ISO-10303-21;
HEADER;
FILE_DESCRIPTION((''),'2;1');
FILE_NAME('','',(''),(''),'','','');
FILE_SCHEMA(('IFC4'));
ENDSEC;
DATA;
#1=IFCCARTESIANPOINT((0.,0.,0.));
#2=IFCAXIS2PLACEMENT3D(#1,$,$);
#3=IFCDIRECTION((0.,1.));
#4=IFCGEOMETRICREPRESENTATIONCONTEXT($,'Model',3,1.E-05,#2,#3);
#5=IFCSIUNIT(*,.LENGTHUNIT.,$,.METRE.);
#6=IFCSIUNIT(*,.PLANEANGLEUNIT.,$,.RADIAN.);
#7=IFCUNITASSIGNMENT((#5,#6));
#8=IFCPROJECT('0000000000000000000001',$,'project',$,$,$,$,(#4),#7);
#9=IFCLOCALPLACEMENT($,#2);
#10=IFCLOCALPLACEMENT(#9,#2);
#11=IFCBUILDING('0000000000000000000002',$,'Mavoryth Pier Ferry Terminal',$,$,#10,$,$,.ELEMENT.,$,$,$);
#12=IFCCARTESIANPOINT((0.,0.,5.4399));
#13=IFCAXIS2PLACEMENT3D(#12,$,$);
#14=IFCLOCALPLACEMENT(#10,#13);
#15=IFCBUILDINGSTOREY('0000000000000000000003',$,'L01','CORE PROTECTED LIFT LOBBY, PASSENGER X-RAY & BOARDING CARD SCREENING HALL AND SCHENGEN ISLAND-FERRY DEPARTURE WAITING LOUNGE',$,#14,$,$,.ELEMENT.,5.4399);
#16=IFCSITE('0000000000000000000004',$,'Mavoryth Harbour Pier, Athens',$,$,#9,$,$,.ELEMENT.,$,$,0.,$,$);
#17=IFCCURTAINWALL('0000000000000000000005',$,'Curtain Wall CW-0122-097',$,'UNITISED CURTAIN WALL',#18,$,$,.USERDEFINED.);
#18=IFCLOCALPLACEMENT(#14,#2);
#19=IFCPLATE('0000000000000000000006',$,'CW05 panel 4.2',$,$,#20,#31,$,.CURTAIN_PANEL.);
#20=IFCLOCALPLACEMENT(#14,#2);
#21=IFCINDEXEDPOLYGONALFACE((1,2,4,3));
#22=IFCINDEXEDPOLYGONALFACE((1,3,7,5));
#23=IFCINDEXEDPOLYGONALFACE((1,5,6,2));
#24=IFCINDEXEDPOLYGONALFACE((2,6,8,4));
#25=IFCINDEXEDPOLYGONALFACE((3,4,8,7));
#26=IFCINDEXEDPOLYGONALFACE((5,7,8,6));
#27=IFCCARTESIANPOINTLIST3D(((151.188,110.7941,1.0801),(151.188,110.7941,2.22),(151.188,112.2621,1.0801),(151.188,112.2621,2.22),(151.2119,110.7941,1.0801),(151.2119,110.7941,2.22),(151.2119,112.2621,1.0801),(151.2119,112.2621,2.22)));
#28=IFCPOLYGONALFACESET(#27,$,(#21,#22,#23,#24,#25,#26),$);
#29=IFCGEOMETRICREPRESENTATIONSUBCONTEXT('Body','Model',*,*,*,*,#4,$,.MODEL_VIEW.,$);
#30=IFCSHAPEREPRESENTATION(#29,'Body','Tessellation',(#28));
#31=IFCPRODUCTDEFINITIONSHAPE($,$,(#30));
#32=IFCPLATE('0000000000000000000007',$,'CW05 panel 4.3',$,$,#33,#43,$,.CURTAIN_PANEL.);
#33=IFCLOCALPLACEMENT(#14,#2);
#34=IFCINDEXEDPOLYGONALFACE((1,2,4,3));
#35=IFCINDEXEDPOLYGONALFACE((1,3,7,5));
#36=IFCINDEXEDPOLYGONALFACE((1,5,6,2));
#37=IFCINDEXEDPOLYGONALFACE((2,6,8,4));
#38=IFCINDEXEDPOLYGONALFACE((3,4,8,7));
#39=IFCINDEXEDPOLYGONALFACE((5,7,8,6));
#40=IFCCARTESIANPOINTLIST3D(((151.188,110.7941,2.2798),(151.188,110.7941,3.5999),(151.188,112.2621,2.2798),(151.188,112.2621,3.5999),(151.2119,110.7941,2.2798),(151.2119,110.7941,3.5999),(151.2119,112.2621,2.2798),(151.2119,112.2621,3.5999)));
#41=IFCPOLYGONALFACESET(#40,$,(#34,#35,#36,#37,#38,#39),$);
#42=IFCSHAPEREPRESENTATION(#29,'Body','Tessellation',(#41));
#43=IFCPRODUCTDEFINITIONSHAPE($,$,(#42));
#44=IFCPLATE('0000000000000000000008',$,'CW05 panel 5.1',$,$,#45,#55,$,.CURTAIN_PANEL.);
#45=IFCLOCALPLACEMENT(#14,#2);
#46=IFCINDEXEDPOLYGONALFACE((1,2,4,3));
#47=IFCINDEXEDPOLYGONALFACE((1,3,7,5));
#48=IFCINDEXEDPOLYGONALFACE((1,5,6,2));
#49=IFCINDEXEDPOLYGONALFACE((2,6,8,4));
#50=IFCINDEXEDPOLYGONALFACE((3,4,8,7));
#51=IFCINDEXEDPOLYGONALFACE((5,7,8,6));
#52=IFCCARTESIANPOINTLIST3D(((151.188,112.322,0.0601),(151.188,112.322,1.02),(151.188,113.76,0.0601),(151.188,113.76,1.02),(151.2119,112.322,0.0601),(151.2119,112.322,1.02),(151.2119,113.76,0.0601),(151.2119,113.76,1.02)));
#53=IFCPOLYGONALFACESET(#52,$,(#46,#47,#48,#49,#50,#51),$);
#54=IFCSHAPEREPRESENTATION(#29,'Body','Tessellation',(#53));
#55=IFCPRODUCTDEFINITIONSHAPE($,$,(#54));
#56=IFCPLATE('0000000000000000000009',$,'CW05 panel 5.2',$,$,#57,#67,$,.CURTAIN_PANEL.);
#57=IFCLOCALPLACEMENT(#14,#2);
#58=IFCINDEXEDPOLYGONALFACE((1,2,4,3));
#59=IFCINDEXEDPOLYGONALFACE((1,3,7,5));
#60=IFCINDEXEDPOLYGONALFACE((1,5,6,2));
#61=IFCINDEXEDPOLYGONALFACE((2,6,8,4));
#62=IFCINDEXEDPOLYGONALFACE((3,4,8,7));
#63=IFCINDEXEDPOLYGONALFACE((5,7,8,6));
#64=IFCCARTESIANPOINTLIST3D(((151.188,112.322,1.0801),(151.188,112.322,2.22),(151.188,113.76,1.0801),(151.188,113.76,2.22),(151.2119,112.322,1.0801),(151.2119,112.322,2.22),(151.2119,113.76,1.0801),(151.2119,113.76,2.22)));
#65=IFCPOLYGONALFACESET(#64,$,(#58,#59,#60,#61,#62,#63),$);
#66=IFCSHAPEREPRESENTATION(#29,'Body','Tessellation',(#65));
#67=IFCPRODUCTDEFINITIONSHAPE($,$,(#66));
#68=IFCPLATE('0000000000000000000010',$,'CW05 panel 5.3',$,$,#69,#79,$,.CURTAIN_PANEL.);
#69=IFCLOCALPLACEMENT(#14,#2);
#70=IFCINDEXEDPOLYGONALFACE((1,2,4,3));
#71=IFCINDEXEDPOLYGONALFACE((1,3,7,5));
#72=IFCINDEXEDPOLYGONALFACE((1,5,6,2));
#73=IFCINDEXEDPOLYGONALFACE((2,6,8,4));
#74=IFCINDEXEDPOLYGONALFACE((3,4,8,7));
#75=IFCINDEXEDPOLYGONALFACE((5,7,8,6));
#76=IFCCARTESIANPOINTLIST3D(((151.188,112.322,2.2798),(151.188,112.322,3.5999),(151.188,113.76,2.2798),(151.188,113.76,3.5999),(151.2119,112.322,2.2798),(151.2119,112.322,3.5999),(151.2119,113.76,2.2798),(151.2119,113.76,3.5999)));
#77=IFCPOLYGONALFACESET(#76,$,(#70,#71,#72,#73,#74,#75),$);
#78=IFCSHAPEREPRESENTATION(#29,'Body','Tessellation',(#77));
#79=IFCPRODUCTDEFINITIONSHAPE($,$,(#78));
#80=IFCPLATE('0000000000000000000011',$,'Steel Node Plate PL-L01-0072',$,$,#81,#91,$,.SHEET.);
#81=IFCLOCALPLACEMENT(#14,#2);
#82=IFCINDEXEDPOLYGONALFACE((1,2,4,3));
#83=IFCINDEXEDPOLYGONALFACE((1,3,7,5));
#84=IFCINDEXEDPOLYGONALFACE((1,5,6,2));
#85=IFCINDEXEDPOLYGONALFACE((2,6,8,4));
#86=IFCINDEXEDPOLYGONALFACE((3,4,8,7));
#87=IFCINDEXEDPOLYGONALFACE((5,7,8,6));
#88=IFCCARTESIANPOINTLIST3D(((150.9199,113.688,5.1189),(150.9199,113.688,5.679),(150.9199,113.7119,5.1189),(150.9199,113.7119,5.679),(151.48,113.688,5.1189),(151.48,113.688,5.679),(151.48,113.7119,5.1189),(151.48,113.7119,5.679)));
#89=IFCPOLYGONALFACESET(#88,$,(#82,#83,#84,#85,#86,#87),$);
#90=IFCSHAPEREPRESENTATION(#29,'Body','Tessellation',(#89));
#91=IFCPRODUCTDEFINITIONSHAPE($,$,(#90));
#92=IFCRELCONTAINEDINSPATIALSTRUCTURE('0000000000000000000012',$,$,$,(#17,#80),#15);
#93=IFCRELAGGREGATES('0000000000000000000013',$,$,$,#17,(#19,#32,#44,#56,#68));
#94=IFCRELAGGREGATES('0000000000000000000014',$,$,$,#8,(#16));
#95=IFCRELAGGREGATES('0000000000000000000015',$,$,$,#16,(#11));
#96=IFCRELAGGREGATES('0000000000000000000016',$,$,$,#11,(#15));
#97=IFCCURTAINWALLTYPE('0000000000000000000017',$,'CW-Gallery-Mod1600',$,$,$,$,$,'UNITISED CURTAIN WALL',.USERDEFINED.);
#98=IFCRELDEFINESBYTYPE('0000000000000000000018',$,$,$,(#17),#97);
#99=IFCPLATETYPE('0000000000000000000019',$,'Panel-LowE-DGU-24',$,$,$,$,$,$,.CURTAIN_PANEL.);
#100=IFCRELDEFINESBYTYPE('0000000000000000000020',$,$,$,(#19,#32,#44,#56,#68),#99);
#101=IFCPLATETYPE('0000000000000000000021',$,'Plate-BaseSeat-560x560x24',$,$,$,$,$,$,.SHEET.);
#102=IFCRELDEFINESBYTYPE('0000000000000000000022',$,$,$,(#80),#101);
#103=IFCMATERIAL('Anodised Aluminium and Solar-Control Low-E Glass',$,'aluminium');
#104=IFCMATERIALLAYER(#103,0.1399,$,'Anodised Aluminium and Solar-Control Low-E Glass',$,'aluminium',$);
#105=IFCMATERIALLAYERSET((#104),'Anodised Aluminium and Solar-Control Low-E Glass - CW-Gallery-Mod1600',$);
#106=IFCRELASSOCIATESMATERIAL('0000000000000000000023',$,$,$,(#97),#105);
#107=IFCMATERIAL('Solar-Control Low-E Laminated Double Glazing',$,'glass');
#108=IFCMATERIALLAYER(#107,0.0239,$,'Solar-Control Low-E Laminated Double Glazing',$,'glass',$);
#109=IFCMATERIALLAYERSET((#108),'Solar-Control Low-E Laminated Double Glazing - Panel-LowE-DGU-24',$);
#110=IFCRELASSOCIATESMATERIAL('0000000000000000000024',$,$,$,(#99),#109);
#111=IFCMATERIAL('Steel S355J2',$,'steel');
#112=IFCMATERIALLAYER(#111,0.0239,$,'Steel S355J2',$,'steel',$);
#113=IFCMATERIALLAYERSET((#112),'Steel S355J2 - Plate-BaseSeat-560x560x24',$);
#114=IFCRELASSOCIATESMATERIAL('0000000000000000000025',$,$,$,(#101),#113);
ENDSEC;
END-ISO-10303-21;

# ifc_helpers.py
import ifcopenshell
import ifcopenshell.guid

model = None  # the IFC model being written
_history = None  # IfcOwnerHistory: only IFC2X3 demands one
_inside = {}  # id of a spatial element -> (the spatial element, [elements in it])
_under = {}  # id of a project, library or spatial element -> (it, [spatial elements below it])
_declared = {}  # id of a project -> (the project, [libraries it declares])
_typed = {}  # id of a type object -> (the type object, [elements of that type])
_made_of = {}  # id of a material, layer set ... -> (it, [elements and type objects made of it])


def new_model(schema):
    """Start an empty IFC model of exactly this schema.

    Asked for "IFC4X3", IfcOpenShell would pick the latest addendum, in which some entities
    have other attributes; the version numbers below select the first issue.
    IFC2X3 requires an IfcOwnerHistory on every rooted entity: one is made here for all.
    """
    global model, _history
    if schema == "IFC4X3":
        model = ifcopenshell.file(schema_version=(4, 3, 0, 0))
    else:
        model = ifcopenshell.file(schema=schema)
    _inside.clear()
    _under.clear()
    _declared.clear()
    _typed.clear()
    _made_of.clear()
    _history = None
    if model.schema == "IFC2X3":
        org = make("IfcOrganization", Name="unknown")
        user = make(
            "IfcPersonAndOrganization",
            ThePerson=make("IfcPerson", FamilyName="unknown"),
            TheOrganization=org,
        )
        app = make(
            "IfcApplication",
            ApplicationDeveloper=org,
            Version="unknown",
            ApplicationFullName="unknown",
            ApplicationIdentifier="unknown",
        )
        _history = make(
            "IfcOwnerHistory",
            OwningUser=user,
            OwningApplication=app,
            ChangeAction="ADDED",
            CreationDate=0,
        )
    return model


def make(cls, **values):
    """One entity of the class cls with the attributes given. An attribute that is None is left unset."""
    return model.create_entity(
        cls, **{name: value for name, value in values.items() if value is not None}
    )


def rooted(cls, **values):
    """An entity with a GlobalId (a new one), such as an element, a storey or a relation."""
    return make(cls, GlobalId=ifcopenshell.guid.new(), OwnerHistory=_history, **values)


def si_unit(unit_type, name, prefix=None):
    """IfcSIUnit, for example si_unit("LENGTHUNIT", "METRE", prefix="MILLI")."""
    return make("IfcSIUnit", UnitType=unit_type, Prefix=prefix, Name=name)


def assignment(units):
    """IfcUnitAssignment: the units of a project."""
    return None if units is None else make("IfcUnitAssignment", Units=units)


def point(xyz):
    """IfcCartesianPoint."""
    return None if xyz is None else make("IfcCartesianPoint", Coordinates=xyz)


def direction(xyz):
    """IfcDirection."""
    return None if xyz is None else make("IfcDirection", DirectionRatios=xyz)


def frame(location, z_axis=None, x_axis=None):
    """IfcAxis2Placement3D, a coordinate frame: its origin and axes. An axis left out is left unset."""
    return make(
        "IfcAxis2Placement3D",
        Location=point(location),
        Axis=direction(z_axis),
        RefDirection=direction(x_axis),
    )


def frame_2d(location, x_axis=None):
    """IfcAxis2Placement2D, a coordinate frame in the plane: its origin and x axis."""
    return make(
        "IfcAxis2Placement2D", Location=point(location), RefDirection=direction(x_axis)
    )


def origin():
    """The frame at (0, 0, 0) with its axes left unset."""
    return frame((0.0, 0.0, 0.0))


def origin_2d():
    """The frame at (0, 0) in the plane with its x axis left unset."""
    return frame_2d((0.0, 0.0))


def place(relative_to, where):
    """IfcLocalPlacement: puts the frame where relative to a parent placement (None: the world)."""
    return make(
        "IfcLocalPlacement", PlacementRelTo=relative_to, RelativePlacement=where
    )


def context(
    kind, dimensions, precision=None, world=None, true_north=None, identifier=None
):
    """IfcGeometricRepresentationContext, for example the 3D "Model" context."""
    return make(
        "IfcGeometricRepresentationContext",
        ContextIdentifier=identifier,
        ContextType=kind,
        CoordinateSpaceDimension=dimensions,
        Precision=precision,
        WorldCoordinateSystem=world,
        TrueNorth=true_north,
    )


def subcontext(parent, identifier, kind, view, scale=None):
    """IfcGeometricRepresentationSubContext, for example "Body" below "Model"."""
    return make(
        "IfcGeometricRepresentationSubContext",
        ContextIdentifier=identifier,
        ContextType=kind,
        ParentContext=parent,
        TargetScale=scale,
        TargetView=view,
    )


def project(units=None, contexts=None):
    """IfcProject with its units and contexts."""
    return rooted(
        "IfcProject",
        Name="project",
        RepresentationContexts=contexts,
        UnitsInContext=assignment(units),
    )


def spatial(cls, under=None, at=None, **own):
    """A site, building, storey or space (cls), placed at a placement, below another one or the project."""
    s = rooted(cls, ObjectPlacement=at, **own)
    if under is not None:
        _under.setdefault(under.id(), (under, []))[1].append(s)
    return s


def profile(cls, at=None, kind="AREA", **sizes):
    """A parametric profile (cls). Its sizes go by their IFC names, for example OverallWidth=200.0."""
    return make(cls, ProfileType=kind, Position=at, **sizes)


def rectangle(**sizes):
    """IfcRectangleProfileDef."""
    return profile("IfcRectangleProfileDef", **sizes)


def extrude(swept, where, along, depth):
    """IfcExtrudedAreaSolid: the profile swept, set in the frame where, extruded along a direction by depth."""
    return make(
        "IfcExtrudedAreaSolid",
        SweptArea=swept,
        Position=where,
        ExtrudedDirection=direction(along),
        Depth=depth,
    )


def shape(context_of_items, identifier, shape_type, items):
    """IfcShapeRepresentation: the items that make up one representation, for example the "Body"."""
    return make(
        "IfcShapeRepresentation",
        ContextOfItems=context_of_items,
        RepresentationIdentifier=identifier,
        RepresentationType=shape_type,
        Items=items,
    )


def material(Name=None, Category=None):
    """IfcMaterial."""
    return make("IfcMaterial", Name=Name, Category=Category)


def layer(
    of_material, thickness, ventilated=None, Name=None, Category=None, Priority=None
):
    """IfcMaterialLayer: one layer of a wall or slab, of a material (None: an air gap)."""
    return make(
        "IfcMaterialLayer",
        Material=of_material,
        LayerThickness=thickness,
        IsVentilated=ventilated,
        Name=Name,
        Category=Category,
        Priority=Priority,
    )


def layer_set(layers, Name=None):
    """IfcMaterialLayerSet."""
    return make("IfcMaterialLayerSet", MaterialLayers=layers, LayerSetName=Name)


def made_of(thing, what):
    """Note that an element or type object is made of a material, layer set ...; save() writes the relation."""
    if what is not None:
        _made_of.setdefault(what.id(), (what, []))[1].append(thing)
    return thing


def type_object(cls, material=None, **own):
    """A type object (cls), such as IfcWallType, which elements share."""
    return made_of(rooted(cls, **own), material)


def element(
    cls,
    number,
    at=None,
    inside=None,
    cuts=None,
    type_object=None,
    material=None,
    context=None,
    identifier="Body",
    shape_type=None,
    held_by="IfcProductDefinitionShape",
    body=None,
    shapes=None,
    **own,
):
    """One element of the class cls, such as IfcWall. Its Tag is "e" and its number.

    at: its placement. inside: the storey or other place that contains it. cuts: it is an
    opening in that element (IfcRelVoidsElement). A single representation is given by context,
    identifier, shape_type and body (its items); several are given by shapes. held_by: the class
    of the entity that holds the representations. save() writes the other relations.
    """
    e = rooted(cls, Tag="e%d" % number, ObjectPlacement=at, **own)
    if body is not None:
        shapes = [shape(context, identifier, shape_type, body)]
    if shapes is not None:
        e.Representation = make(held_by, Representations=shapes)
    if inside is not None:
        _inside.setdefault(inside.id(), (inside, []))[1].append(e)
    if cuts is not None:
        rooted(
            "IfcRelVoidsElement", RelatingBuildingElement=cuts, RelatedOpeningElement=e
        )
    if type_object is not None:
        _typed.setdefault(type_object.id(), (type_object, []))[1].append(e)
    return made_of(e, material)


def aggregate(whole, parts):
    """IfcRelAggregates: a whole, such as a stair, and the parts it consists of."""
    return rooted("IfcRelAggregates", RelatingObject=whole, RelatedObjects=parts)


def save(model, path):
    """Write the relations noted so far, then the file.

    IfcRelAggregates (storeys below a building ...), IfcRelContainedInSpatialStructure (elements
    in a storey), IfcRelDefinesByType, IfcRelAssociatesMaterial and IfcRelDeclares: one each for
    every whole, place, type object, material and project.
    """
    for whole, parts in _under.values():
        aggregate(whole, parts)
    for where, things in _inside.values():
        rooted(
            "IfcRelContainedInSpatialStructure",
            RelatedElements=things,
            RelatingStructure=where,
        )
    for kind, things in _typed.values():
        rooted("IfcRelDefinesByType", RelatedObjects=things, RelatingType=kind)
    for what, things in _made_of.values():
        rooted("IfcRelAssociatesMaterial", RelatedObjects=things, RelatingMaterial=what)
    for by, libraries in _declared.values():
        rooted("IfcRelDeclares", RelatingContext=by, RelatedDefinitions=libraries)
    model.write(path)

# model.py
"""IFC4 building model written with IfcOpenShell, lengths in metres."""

from ifc_helpers import new_model, si_unit, direction, frame, origin, origin_2d, place, context, subcontext, project, spatial, rectangle, extrude, material, layer, layer_set, type_object, element, aggregate, save


model = new_model("IFC4")

# Units and contexts
model_context = context("Model", 3, precision=1e-05, world=origin(), true_north=direction((0.0, 1.0)))
body_context = subcontext(model_context, "Body", "Model", "MODEL_VIEW")
ifc_project = project(units=[si_unit("LENGTHUNIT", "METRE"), si_unit("PLANEANGLEUNIT", "RADIAN")], contexts=[model_context])

# Site, building, storey
site_placement = place(None, origin())
site = spatial("IfcSite", under=ifc_project, at=site_placement, Name="Mavoryth Harbour Pier, Athens", CompositionType="ELEMENT", RefElevation=0.0)
building_placement = place(site_placement, origin())
building = spatial("IfcBuilding", under=site, at=building_placement, Name="Mavoryth Pier Ferry Terminal", CompositionType="ELEMENT")
storey_placement = place(building_placement, frame((0.0, 0.0, 5.4399)))
storey = spatial("IfcBuildingStorey", under=building, at=storey_placement, Name="L01", Description="CORE PROTECTED LIFT LOBBY, PASSENGER X-RAY & BOARDING CARD SCREENING HALL AND SCHENGEN ISLAND-FERRY DEPARTURE WAITING LOUNGE", CompositionType="ELEMENT", Elevation=5.4399)

# Shared definitions
ifc_material_1 = material(Name="Steel S355J2", Category="steel")

# Curtain wall
ifc_material_2 = material(Name="Anodised Aluminium and Solar-Control Low-E Glass", Category="aluminium")
ifc_layer_1 = layer(ifc_material_2, 0.1399, Name="Anodised Aluminium and Solar-Control Low-E Glass", Category="aluminium")
ifc_layer_set_1 = layer_set([ifc_layer_1], Name="Anodised Aluminium and Solar-Control Low-E Glass - CW-Gallery-Mod1600")
curtain_wall_type = type_object("IfcCurtainWallType", Name="CW-Gallery-Mod1600", ElementType="UNITISED CURTAIN WALL", PredefinedType="USERDEFINED", material=ifc_layer_set_1)
curtain_wall_1_placement = place(storey_placement, origin())
curtain_wall_1 = element("IfcCurtainWall", 1, at=curtain_wall_1_placement, inside=storey, type_object=curtain_wall_type, Name="Curtain Wall CW-0122-097", ObjectType="UNITISED CURTAIN WALL", PredefinedType="USERDEFINED")

# Plates
ifc_material_3 = material(Name="Solar-Control Low-E Laminated Double Glazing", Category="glass")
ifc_layer_2 = layer(ifc_material_3, 0.0239, Name="Solar-Control Low-E Laminated Double Glazing", Category="glass")
ifc_layer_set_2 = layer_set([ifc_layer_2], Name="Solar-Control Low-E Laminated Double Glazing - Panel-LowE-DGU-24")
plate_type_1 = type_object("IfcPlateType", Name="Panel-LowE-DGU-24", PredefinedType="CURTAIN_PANEL", material=ifc_layer_set_2)
plate_1_placement = place(storey_placement, frame((151.2, 111.5281, 1.0801), z_axis=(0.0, 0.0, 1.0), x_axis=(0.0, 1.0, 0.0)))
plate_1 = element("IfcPlate", 2, at=plate_1_placement, type_object=plate_type_1, Name="CW05 panel 4.2", PredefinedType="CURTAIN_PANEL", context=body_context, shape_type="SweptSolid", body=[
    extrude(rectangle(XDim=1.468, YDim=0.0239, at=origin_2d()), origin(), (0.0, 0.0, 1.0), 1.1399),
])
plate_2_placement = place(storey_placement, frame((151.2, 111.5281, 2.2798), z_axis=(0.0, 0.0, 1.0), x_axis=(0.0, 1.0, 0.0)))
plate_2 = element("IfcPlate", 3, at=plate_2_placement, type_object=plate_type_1, Name="CW05 panel 4.3", PredefinedType="CURTAIN_PANEL", context=body_context, shape_type="SweptSolid", body=[
    extrude(rectangle(XDim=1.468, YDim=0.0239, at=origin_2d()), origin(), (0.0, 0.0, 1.0), 1.3201),
])
plate_3_placement = place(storey_placement, frame((151.2, 113.041, 0.0601), z_axis=(0.0, 0.0, 1.0), x_axis=(0.0, 1.0, 0.0)))
plate_3 = element("IfcPlate", 4, at=plate_3_placement, type_object=plate_type_1, Name="CW05 panel 5.1", PredefinedType="CURTAIN_PANEL", context=body_context, shape_type="SweptSolid", body=[
    extrude(rectangle(XDim=1.438, YDim=0.0239, at=origin_2d()), origin(), (0.0, 0.0, 1.0), 0.96),
])
plate_4_placement = place(storey_placement, frame((151.2, 113.041, 1.0801), z_axis=(0.0, 0.0, 1.0), x_axis=(0.0, 1.0, 0.0)))
plate_4 = element("IfcPlate", 5, at=plate_4_placement, type_object=plate_type_1, Name="CW05 panel 5.2", PredefinedType="CURTAIN_PANEL", context=body_context, shape_type="SweptSolid", body=[
    extrude(rectangle(XDim=1.438, YDim=0.0239, at=origin_2d()), origin(), (0.0, 0.0, 1.0), 1.1399),
])
plate_5_placement = place(storey_placement, frame((151.2, 113.041, 2.2798), z_axis=(0.0, 0.0, 1.0), x_axis=(0.0, 1.0, 0.0)))
plate_5 = element("IfcPlate", 6, at=plate_5_placement, type_object=plate_type_1, Name="CW05 panel 5.3", PredefinedType="CURTAIN_PANEL", context=body_context, shape_type="SweptSolid", body=[
    extrude(rectangle(XDim=1.438, YDim=0.0239, at=origin_2d()), origin(), (0.0, 0.0, 1.0), 1.3201),
])
aggregate(curtain_wall_1, [plate_1, plate_2, plate_3, plate_4, plate_5])
ifc_layer_3 = layer(ifc_material_1, 0.0239, Name="Steel S355J2", Category="steel")
ifc_layer_set_3 = layer_set([ifc_layer_3], Name="Steel S355J2 - Plate-BaseSeat-560x560x24")
plate_type_2 = type_object("IfcPlateType", Name="Plate-BaseSeat-560x560x24", PredefinedType="SHEET", material=ifc_layer_set_3)
plate_6_placement = place(storey_placement, frame((151.2, 113.7, 5.1189), z_axis=(0.0, 0.0, 1.0), x_axis=(1.0, 0.0, 0.0)))
element("IfcPlate", 7, at=plate_6_placement, inside=storey, type_object=plate_type_2, Name="Steel Node Plate PL-L01-0072", PredefinedType="SHEET", context=body_context, shape_type="SweptSolid", body=[
    extrude(rectangle(XDim=0.5601, YDim=0.0239, at=origin_2d()), origin(), (0.0, 0.0, 1.0), 0.5601),
])

save(model, "model.ifc")
